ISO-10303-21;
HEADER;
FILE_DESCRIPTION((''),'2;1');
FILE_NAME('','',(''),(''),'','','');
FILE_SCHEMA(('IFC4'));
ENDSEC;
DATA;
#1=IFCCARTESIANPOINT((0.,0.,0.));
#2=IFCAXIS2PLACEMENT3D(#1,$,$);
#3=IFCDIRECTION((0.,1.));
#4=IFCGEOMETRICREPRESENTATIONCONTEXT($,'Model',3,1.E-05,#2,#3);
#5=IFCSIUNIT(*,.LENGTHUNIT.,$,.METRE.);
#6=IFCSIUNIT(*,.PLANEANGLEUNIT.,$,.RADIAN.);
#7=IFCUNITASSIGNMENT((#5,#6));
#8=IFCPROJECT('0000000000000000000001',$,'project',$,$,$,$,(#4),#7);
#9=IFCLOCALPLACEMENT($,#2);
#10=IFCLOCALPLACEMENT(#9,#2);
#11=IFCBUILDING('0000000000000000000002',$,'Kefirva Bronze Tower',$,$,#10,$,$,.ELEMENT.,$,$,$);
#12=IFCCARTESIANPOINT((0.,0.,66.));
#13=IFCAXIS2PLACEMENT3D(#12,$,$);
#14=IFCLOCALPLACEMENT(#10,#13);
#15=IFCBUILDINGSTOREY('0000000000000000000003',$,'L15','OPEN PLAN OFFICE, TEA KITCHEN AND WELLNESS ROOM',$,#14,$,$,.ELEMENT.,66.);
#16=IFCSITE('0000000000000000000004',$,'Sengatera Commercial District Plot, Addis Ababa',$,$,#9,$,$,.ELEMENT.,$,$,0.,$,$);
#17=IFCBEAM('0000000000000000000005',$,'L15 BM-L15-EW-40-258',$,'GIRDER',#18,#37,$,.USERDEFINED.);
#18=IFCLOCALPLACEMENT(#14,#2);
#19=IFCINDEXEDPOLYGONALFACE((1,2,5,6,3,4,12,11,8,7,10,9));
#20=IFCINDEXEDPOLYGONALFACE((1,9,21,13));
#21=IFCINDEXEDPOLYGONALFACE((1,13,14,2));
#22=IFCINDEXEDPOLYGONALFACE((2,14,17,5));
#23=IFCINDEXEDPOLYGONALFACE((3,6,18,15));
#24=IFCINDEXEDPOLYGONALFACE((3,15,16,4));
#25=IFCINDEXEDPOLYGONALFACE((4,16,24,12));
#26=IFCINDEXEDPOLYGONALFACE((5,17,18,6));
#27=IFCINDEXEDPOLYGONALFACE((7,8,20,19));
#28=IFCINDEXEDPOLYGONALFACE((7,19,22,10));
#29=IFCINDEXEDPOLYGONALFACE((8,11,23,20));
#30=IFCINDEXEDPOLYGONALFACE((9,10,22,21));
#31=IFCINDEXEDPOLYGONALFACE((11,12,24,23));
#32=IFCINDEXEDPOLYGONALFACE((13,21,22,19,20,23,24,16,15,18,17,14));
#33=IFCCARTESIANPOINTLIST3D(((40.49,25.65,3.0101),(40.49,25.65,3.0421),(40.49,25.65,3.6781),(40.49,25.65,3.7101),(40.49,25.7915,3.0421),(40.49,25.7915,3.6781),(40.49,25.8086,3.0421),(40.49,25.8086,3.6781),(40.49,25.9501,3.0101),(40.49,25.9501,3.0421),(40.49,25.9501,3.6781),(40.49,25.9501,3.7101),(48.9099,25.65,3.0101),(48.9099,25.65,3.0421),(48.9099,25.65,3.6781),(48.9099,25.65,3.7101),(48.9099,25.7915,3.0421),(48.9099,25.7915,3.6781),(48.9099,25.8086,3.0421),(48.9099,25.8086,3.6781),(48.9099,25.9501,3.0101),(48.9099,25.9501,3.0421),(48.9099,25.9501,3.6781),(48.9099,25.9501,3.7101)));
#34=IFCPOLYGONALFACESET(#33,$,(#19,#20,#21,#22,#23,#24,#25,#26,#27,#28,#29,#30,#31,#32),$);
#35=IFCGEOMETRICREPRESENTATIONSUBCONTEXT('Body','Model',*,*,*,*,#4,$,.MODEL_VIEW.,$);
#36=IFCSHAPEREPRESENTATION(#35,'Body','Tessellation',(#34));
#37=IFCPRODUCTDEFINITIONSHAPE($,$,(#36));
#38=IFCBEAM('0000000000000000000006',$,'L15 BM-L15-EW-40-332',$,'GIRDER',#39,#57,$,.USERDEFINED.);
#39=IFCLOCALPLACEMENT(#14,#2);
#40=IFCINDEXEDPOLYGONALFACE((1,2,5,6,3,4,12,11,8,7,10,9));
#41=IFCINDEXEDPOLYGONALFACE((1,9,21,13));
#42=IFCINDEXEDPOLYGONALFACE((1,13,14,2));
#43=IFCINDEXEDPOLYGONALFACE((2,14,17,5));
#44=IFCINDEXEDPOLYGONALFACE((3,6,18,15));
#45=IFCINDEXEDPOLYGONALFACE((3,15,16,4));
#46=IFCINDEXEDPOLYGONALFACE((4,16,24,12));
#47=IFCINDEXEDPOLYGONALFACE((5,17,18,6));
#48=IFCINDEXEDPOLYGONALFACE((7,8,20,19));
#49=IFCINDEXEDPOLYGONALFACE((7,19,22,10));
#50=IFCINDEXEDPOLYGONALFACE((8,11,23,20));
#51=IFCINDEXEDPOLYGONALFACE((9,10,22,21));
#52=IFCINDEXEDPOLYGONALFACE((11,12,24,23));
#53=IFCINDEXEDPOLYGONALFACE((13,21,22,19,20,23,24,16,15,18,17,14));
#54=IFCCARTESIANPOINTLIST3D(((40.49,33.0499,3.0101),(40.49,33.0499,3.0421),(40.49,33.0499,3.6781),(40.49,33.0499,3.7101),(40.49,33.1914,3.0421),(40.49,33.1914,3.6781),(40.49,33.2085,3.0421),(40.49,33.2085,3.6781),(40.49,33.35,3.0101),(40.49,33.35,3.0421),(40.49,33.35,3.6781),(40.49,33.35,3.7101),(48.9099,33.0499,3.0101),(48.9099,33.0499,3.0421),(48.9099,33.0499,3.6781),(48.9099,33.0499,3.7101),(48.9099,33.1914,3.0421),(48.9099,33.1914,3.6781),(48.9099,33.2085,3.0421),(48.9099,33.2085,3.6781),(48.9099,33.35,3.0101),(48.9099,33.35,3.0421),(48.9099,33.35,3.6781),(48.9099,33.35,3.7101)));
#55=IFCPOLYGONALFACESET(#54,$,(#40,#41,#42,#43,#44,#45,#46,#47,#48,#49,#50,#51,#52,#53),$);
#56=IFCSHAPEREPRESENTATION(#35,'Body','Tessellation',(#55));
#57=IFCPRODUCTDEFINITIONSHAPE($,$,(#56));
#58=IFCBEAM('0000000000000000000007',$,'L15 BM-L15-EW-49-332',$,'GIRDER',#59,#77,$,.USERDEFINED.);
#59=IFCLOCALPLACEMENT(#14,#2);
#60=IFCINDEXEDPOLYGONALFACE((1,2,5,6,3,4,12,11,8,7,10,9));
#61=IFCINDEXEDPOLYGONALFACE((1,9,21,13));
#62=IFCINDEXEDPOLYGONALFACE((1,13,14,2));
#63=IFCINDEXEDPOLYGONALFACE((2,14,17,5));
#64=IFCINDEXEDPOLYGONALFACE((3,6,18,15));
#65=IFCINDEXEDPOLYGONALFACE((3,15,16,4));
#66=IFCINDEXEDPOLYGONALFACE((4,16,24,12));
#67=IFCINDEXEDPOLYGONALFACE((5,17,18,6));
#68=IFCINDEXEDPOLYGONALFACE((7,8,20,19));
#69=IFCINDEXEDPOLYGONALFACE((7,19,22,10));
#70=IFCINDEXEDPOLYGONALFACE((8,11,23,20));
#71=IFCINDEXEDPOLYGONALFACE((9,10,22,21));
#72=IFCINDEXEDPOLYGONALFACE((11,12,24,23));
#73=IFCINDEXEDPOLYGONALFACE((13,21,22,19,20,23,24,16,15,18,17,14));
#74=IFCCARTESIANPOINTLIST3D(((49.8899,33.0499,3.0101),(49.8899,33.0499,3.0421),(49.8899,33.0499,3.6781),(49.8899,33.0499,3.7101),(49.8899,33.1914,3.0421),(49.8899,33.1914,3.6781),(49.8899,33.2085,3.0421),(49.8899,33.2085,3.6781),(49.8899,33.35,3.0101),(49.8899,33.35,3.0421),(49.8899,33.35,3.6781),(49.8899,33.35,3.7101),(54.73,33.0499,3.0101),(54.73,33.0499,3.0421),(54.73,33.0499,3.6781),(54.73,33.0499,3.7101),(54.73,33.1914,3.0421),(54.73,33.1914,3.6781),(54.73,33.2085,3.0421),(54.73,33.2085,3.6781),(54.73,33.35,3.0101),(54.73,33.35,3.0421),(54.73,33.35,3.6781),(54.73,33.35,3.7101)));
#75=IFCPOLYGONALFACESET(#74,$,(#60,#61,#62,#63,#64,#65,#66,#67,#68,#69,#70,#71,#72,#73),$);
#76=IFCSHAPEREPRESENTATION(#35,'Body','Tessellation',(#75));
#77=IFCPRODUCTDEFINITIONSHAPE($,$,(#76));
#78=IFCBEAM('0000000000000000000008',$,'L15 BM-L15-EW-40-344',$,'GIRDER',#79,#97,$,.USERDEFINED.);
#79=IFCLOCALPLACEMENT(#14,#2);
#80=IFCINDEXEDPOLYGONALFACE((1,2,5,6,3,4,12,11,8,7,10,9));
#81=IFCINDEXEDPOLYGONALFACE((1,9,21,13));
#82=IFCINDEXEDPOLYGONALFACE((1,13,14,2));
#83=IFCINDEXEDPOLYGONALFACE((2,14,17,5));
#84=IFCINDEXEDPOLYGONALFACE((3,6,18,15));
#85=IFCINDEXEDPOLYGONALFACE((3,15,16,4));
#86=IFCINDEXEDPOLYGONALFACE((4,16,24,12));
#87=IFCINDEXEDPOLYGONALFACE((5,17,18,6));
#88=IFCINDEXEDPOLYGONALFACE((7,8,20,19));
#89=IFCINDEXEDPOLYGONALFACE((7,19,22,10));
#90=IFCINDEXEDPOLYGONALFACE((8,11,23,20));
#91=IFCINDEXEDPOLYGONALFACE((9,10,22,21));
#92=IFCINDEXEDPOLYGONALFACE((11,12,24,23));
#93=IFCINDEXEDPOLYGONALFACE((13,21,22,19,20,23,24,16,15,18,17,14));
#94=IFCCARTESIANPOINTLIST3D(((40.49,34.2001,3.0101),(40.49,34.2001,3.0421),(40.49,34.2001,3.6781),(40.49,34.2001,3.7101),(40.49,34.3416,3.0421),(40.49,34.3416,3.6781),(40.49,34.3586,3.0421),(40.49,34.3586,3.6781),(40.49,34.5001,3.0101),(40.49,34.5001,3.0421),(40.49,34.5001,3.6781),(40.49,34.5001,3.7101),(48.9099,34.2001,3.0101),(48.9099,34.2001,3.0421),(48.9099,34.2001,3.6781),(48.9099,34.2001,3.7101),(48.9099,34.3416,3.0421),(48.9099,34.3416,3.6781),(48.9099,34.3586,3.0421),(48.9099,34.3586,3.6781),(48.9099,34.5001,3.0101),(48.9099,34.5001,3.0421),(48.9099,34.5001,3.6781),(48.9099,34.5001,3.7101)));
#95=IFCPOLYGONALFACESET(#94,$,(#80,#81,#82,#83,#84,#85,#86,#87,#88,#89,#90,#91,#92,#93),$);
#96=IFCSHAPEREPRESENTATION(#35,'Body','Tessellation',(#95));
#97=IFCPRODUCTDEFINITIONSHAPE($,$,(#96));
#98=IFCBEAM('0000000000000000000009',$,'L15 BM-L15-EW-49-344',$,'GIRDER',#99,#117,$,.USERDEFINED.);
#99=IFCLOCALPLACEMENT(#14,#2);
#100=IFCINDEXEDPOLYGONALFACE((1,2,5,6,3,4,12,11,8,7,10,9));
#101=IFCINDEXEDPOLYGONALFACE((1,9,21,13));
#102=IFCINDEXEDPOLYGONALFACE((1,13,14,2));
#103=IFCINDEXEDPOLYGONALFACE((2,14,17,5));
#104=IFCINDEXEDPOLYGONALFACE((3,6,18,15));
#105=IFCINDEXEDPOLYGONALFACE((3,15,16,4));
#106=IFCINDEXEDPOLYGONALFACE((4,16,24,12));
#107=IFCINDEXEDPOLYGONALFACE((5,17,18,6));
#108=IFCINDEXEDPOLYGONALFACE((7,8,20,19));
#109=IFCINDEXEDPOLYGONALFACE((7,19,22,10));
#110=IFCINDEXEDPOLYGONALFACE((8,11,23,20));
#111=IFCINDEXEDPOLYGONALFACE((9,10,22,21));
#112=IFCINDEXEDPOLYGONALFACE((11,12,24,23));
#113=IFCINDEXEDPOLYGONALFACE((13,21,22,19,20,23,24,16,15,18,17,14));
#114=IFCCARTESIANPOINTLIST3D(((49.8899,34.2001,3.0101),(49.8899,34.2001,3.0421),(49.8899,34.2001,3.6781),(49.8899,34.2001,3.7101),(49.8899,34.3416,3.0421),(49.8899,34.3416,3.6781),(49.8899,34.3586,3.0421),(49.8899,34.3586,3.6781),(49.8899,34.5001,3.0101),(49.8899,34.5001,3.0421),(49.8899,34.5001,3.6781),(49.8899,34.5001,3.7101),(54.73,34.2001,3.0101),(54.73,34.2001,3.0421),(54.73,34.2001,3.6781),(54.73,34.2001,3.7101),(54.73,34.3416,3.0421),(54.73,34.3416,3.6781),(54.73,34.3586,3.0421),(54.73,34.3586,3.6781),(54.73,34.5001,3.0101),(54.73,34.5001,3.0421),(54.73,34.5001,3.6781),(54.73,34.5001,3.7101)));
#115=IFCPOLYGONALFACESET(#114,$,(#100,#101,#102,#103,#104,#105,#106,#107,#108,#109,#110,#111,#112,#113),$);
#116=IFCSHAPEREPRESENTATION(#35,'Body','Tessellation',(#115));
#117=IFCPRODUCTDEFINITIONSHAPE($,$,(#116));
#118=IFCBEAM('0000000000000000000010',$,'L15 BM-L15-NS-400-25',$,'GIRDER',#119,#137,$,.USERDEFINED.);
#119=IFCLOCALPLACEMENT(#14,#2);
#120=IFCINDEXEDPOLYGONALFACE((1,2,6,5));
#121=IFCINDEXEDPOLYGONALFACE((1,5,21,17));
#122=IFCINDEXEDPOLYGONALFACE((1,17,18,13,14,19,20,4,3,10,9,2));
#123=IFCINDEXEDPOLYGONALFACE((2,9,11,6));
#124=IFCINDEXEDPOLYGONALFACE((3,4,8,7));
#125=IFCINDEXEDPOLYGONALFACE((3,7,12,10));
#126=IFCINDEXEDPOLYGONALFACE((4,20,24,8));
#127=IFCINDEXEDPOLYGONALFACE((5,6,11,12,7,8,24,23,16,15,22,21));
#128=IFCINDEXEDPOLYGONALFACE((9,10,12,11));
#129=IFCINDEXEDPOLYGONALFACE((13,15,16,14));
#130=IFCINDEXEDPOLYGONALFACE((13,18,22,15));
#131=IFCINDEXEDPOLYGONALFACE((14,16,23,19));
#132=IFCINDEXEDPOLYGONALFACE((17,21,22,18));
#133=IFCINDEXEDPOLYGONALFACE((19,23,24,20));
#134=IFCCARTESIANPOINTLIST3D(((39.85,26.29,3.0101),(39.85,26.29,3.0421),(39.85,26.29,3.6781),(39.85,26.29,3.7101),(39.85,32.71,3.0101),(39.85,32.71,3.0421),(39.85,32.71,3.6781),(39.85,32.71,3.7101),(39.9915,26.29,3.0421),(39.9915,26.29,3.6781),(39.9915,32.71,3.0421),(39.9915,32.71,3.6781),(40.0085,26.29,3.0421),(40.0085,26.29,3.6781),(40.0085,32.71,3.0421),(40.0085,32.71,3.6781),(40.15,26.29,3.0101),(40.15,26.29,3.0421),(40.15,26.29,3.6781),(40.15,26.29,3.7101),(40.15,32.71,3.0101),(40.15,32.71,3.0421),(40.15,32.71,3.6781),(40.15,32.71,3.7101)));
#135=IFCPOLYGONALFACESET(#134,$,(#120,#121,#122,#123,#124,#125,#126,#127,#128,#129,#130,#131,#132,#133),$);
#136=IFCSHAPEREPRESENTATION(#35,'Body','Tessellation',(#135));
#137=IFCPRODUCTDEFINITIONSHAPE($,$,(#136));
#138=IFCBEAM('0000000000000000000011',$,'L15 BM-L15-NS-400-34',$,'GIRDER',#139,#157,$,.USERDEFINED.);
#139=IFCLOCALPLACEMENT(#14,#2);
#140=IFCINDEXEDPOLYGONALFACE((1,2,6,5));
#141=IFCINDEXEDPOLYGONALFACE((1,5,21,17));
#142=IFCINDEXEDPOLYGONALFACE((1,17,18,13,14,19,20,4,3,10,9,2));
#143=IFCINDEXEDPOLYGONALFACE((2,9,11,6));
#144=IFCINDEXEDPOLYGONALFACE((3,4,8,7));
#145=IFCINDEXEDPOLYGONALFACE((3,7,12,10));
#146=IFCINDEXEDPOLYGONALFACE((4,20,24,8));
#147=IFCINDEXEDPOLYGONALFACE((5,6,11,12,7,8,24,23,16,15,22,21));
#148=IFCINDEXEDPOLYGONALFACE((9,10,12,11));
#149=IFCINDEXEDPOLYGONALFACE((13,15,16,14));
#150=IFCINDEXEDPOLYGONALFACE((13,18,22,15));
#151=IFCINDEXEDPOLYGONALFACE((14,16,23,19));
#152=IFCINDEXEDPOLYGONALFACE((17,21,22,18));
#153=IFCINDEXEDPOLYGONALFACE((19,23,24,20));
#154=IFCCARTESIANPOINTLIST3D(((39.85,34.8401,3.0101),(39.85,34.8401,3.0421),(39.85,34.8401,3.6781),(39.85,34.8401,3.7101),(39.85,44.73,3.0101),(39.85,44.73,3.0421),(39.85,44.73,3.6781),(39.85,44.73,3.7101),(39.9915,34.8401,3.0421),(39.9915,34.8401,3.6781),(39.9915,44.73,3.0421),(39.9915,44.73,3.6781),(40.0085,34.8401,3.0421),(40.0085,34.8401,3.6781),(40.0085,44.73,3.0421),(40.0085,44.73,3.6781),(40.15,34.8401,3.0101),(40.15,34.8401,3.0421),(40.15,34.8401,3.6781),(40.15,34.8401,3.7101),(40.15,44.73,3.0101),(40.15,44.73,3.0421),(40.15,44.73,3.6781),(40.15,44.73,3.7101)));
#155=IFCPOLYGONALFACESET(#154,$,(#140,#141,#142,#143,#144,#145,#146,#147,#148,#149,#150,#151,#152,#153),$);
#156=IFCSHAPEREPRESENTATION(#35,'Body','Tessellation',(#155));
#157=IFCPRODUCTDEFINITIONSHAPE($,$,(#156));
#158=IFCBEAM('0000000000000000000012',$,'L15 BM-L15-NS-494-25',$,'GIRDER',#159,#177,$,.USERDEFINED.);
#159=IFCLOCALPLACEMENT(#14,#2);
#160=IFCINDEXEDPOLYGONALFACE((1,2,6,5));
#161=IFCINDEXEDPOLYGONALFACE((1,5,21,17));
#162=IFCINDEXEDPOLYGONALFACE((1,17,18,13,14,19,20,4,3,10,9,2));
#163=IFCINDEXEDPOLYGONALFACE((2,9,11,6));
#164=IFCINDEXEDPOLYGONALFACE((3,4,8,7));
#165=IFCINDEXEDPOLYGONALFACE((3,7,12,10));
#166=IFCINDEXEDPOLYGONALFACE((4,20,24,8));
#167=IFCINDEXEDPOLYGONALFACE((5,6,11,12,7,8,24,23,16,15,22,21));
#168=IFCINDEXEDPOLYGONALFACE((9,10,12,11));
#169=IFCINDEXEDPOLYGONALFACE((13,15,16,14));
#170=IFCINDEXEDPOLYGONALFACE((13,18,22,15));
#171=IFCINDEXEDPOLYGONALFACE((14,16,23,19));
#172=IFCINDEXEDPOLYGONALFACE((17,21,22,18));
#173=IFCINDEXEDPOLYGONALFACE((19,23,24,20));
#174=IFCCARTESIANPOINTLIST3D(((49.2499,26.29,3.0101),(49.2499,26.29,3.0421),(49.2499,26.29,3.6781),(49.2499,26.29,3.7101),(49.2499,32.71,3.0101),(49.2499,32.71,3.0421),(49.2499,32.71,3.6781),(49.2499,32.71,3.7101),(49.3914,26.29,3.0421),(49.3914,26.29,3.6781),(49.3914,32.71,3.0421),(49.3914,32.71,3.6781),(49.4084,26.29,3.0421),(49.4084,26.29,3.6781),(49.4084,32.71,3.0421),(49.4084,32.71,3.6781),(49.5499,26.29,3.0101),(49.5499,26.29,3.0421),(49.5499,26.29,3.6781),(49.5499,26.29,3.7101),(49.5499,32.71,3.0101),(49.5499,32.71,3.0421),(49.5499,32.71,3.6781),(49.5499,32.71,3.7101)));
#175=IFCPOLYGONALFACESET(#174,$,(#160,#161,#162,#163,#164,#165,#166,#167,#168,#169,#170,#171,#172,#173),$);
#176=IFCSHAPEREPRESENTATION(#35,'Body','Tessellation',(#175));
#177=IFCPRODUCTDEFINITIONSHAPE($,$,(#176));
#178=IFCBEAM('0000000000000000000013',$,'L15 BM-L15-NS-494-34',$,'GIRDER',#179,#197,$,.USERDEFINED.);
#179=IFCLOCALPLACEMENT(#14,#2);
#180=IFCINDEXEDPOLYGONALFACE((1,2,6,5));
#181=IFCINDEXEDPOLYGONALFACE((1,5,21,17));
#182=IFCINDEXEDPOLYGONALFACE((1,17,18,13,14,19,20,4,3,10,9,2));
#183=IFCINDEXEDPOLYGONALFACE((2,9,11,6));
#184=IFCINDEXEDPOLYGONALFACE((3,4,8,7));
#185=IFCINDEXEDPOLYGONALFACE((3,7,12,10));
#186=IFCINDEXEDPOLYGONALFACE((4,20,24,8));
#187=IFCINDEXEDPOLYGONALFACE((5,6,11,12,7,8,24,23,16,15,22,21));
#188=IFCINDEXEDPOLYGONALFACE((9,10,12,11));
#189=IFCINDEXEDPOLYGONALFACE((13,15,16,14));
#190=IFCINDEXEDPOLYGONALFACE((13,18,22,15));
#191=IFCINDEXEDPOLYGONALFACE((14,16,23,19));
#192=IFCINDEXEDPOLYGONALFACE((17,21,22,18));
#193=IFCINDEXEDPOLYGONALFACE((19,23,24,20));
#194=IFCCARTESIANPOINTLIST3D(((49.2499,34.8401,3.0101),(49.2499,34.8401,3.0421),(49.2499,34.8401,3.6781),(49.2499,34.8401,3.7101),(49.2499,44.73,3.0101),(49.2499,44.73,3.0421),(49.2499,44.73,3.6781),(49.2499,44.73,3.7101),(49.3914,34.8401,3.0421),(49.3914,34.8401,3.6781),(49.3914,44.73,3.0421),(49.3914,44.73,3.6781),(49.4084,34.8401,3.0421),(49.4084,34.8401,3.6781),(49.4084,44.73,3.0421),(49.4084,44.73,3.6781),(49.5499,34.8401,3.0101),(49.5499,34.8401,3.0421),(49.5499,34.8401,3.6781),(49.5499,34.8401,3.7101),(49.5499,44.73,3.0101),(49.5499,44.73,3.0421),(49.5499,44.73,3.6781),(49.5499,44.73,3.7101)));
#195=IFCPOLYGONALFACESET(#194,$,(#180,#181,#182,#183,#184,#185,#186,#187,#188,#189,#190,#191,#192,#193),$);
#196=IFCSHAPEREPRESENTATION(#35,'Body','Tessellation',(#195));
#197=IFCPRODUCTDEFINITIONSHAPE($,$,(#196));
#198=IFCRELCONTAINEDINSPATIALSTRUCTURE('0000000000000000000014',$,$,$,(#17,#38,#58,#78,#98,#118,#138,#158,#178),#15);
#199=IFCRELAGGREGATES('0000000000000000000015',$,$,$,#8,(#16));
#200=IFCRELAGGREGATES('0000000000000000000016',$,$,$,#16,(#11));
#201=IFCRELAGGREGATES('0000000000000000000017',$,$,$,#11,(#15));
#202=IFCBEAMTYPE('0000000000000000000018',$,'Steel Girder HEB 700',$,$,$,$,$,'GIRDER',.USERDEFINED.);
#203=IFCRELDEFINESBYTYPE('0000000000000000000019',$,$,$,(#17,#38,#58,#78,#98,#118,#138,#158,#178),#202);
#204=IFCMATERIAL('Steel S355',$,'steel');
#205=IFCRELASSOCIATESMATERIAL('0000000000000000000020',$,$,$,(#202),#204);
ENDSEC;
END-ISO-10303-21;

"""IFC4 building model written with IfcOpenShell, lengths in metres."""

from ifc_helpers import new_model, si_unit, direction, frame, origin, origin_2d, place, context, subcontext, project, spatial, i_section, extrude, material, material_profile, profile_set, type_object, element, save


model = new_model("IFC4")

# Units and contexts
model_context = context("Model", 3, precision=1e-05, world=origin(), true_north=direction((0.0, 1.0)))
body_context = subcontext(model_context, "Body", "Model", "MODEL_VIEW")
ifc_project = project(units=[si_unit("LENGTHUNIT", "METRE"), si_unit("PLANEANGLEUNIT", "RADIAN")], contexts=[model_context])

# Site, building, storey
site_placement = place(None, origin())
site = spatial("IfcSite", under=ifc_project, at=site_placement, Name="Sengatera Commercial District Plot, Addis Ababa", CompositionType="ELEMENT", RefElevation=0.0)
building_placement = place(site_placement, origin())
building = spatial("IfcBuilding", under=site, at=building_placement, Name="Kefirva Bronze Tower", CompositionType="ELEMENT")
storey_placement = place(building_placement, frame((0.0, 0.0, 66.0)))
storey = spatial("IfcBuildingStorey", under=building, at=storey_placement, Name="L15", Description="OPEN PLAN OFFICE, TEA KITCHEN AND WELLNESS ROOM", CompositionType="ELEMENT", Elevation=66.0)

# Beams
ifc_material_1 = material(Name="Steel S355", Category="steel")
ifc_material_profile_1 = material_profile(ifc_material_1, i_section(OverallWidth=0.3, OverallDepth=0.7, WebThickness=0.0171, FlangeThickness=0.032, at=origin_2d()), Name="HEB 700")
ifc_profile_set_1 = profile_set([ifc_material_profile_1], Name="Steel S355")
beam_type_1 = type_object("IfcBeamType", Name="Steel Girder HEB 700", ElementType="GIRDER", PredefinedType="USERDEFINED", material=ifc_profile_set_1)
for number, where, z_axis, x_axis, name in (
    (1, (40.49, 25.8, 3.3601), (1.0, 0.0, 0.0), (0.0, 1.0, 0.0), "L15 BM-L15-EW-40-258"),
    (2, (40.49, 33.2, 3.3601), (1.0, 0.0, 0.0), (0.0, 1.0, 0.0), "L15 BM-L15-EW-40-332"),
):
    element("IfcBeam", number, at=place(storey_placement, frame(where, z_axis=z_axis, x_axis=x_axis)), inside=storey, type_object=beam_type_1, Name=name, ObjectType="GIRDER", PredefinedType="USERDEFINED", context=body_context, shape_type="SweptSolid", body=[
        extrude(i_section(OverallWidth=0.3, OverallDepth=0.7, WebThickness=0.0171, FlangeThickness=0.032, at=origin_2d()), origin(), (0.0, 0.0, 1.0), 8.4199),
    ])
beam_1_placement = place(storey_placement, frame((49.8899, 33.2, 3.3601), z_axis=(1.0, 0.0, 0.0), x_axis=(0.0, 1.0, 0.0)))
element("IfcBeam", 3, at=beam_1_placement, inside=storey, type_object=beam_type_1, Name="L15 BM-L15-EW-49-332", ObjectType="GIRDER", PredefinedType="USERDEFINED", context=body_context, shape_type="SweptSolid", body=[
    extrude(i_section(OverallWidth=0.3, OverallDepth=0.7, WebThickness=0.0171, FlangeThickness=0.032, at=origin_2d()), origin(), (0.0, 0.0, 1.0), 4.8401),
])
beam_2_placement = place(storey_placement, frame((40.49, 34.3501, 3.3601), z_axis=(1.0, 0.0, 0.0), x_axis=(0.0, 1.0, 0.0)))
element("IfcBeam", 4, at=beam_2_placement, inside=storey, type_object=beam_type_1, Name="L15 BM-L15-EW-40-344", ObjectType="GIRDER", PredefinedType="USERDEFINED", context=body_context, shape_type="SweptSolid", body=[
    extrude(i_section(OverallWidth=0.3, OverallDepth=0.7, WebThickness=0.0171, FlangeThickness=0.032, at=origin_2d()), origin(), (0.0, 0.0, 1.0), 8.4199),
])
beam_3_placement = place(storey_placement, frame((49.8899, 34.3501, 3.3601), z_axis=(1.0, 0.0, 0.0), x_axis=(0.0, 1.0, 0.0)))
element("IfcBeam", 5, at=beam_3_placement, inside=storey, type_object=beam_type_1, Name="L15 BM-L15-EW-49-344", ObjectType="GIRDER", PredefinedType="USERDEFINED", context=body_context, shape_type="SweptSolid", body=[
    extrude(i_section(OverallWidth=0.3, OverallDepth=0.7, WebThickness=0.0171, FlangeThickness=0.032, at=origin_2d()), origin(), (0.0, 0.0, 1.0), 4.8401),
])
beam_4_placement = place(storey_placement, frame((40.0, 26.29, 3.3601), z_axis=(0.0, 1.0, 0.0), x_axis=(-1.0, 0.0, 0.0)))
element("IfcBeam", 6, at=beam_4_placement, inside=storey, type_object=beam_type_1, Name="L15 BM-L15-NS-400-25", ObjectType="GIRDER", PredefinedType="USERDEFINED", context=body_context, shape_type="SweptSolid", body=[
    extrude(i_section(OverallWidth=0.3, OverallDepth=0.7, WebThickness=0.0171, FlangeThickness=0.032, at=origin_2d()), origin(), (0.0, 0.0, 1.0), 6.4199),
])
beam_5_placement = place(storey_placement, frame((40.0, 34.8401, 3.3601), z_axis=(0.0, 1.0, 0.0), x_axis=(-1.0, 0.0, 0.0)))
element("IfcBeam", 7, at=beam_5_placement, inside=storey, type_object=beam_type_1, Name="L15 BM-L15-NS-400-34", ObjectType="GIRDER", PredefinedType="USERDEFINED", context=body_context, shape_type="SweptSolid", body=[
    extrude(i_section(OverallWidth=0.3, OverallDepth=0.7, WebThickness=0.0171, FlangeThickness=0.032, at=origin_2d()), origin(), (0.0, 0.0, 1.0), 9.8899),
])
beam_6_placement = place(storey_placement, frame((49.3999, 26.29, 3.3601), z_axis=(0.0, 1.0, 0.0), x_axis=(-1.0, 0.0, 0.0)))
element("IfcBeam", 8, at=beam_6_placement, inside=storey, type_object=beam_type_1, Name="L15 BM-L15-NS-494-25", ObjectType="GIRDER", PredefinedType="USERDEFINED", context=body_context, shape_type="SweptSolid", body=[
    extrude(i_section(OverallWidth=0.3, OverallDepth=0.7, WebThickness=0.0171, FlangeThickness=0.032, at=origin_2d()), origin(), (0.0, 0.0, 1.0), 6.4199),
])
beam_7_placement = place(storey_placement, frame((49.3999, 34.8401, 3.3601), z_axis=(0.0, 1.0, 0.0), x_axis=(-1.0, 0.0, 0.0)))
element("IfcBeam", 9, at=beam_7_placement, inside=storey, type_object=beam_type_1, Name="L15 BM-L15-NS-494-34", ObjectType="GIRDER", PredefinedType="USERDEFINED", context=body_context, shape_type="SweptSolid", body=[
    extrude(i_section(OverallWidth=0.3, OverallDepth=0.7, WebThickness=0.0171, FlangeThickness=0.032, at=origin_2d()), origin(), (0.0, 0.0, 1.0), 9.8899),
])

save(model, "model.ifc")
